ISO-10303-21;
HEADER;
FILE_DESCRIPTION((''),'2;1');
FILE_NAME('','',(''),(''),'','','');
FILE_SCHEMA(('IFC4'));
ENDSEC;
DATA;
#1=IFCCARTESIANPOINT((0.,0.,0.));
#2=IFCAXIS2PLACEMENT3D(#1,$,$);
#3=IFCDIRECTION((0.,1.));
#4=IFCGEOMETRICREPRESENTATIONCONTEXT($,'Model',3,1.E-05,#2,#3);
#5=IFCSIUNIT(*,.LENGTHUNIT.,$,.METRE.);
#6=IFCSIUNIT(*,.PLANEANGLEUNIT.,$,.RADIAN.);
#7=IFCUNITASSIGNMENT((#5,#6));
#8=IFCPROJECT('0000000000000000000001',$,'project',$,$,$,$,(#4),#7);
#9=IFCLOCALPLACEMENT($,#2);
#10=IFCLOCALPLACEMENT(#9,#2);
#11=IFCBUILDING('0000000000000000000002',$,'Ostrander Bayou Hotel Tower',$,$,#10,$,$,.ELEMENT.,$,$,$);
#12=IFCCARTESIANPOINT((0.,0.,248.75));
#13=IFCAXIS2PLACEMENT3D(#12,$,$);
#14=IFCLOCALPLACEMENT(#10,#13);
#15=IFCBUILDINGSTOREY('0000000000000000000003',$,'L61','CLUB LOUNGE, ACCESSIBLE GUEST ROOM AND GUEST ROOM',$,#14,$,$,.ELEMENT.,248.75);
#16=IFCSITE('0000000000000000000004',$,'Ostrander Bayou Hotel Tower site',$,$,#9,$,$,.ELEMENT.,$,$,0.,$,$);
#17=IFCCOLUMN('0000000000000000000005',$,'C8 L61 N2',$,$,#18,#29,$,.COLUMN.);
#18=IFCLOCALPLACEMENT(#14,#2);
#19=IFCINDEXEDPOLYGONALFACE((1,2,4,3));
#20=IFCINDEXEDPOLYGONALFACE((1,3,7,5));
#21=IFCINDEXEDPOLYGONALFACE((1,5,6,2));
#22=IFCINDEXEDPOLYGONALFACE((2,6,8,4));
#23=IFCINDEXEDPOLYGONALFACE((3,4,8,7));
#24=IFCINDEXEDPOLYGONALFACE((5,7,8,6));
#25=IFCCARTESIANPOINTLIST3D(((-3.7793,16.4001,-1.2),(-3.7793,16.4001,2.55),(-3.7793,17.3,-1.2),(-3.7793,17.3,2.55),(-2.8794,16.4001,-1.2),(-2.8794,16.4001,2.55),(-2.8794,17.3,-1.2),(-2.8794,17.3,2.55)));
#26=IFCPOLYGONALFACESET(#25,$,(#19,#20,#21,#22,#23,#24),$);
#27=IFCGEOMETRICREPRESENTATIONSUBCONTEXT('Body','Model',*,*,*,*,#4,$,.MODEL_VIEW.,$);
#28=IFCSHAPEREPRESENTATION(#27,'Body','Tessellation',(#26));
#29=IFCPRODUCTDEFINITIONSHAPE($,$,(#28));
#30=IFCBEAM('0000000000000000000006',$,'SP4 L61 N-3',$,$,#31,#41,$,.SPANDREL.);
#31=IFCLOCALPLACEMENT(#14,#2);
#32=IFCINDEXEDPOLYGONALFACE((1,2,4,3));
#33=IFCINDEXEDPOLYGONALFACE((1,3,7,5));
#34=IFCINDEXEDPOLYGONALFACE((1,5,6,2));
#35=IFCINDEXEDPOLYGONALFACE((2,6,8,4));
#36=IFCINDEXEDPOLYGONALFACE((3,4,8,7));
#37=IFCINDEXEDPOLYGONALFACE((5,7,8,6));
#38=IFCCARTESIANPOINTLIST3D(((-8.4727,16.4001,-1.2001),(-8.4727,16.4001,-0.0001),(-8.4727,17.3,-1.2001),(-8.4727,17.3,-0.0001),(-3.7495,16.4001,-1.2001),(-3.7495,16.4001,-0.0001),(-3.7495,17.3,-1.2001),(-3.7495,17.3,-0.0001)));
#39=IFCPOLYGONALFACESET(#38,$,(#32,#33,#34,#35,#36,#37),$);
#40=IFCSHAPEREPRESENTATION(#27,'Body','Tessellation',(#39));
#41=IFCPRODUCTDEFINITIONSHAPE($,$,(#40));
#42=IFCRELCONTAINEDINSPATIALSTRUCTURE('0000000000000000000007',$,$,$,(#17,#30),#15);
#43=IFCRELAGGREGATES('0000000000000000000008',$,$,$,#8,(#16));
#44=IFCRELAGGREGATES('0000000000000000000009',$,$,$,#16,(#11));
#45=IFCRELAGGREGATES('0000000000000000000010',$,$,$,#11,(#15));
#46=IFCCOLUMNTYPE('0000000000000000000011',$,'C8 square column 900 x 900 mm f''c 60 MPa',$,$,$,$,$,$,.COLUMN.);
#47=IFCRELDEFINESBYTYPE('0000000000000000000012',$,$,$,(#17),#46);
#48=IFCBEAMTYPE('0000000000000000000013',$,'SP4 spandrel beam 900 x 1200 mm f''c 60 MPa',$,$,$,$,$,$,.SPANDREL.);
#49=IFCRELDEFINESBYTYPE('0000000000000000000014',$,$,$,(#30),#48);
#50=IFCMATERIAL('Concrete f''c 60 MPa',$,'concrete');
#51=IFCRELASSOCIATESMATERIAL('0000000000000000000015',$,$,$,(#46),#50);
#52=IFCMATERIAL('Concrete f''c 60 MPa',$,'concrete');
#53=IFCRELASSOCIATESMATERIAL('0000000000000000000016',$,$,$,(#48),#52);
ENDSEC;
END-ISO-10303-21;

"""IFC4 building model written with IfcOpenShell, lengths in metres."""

from ifc_helpers import new_model, si_unit, direction, frame, origin, origin_2d, place, context, subcontext, project, spatial, rectangle, extrude, material, material_profile, profile_set, type_object, element, save


model = new_model("IFC4")

# Units and contexts
model_context = context("Model", 3, precision=1e-05, world=origin(), true_north=direction((0.0, 1.0)))
body_context = subcontext(model_context, "Body", "Model", "MODEL_VIEW")
ifc_project = project(units=[si_unit("LENGTHUNIT", "METRE"), si_unit("PLANEANGLEUNIT", "RADIAN")], contexts=[model_context])

# Site, building, storey
site_placement = place(None, origin())
site = spatial("IfcSite", under=ifc_project, at=site_placement, Name="Ostrander Bayou Hotel Tower site", CompositionType="ELEMENT", RefElevation=0.0)
building_placement = place(site_placement, origin())
building = spatial("IfcBuilding", under=site, at=building_placement, Name="Ostrander Bayou Hotel Tower", CompositionType="ELEMENT")
storey_placement = place(building_placement, frame((0.0, 0.0, 248.75)))
storey = spatial("IfcBuildingStorey", under=building, at=storey_placement, Name="L61", Description="CLUB LOUNGE, ACCESSIBLE GUEST ROOM AND GUEST ROOM", CompositionType="ELEMENT", Elevation=248.75)

# Column
ifc_material_1 = material(Name="Concrete f'c 60 MPa", Category="concrete")
ifc_material_profile_1 = material_profile(ifc_material_1, rectangle(XDim=0.8999, YDim=0.8999, at=origin_2d()))
ifc_profile_set_1 = profile_set([ifc_material_profile_1], Name="Concrete f'c 60 MPa")
column_type = type_object("IfcColumnType", Name="C8 square column 900 x 900 mm f'c 60 MPa", PredefinedType="COLUMN", material=ifc_profile_set_1)
column_placement = place(storey_placement, frame((-3.3293, 16.8501, -1.2), z_axis=(0.0, 0.0, 1.0), x_axis=(1.0, 0.0, 0.0)))
element("IfcColumn", 1, at=column_placement, inside=storey, type_object=column_type, Name="C8 L61 N2", PredefinedType="COLUMN", context=body_context, shape_type="SweptSolid", body=[
    extrude(rectangle(XDim=0.8999, YDim=0.8999, at=origin_2d()), origin(), (0.0, 0.0, 1.0), 3.75),
])

# Beam
ifc_material_2 = material(Name="Concrete f'c 60 MPa", Category="concrete")
ifc_material_profile_2 = material_profile(ifc_material_2, rectangle(XDim=0.8999, YDim=1.2, at=origin_2d()))
ifc_profile_set_2 = profile_set([ifc_material_profile_2], Name="Concrete f'c 60 MPa")
beam_type = type_object("IfcBeamType", Name="SP4 spandrel beam 900 x 1200 mm f'c 60 MPa", PredefinedType="SPANDREL", material=ifc_profile_set_2)
beam_placement = place(storey_placement, frame((-3.7495, 16.8501, -0.6001), z_axis=(-1.0, 0.0, 0.0), x_axis=(0.0, -1.0, 0.0)))
element("IfcBeam", 2, at=beam_placement, inside=storey, type_object=beam_type, Name="SP4 L61 N-3", PredefinedType="SPANDREL", context=body_context, shape_type="SweptSolid", body=[
    extrude(rectangle(XDim=0.8999, YDim=1.2, at=origin_2d()), origin(), (0.0, 0.0, 1.0), 4.7231),
])

save(model, "model.ifc")
